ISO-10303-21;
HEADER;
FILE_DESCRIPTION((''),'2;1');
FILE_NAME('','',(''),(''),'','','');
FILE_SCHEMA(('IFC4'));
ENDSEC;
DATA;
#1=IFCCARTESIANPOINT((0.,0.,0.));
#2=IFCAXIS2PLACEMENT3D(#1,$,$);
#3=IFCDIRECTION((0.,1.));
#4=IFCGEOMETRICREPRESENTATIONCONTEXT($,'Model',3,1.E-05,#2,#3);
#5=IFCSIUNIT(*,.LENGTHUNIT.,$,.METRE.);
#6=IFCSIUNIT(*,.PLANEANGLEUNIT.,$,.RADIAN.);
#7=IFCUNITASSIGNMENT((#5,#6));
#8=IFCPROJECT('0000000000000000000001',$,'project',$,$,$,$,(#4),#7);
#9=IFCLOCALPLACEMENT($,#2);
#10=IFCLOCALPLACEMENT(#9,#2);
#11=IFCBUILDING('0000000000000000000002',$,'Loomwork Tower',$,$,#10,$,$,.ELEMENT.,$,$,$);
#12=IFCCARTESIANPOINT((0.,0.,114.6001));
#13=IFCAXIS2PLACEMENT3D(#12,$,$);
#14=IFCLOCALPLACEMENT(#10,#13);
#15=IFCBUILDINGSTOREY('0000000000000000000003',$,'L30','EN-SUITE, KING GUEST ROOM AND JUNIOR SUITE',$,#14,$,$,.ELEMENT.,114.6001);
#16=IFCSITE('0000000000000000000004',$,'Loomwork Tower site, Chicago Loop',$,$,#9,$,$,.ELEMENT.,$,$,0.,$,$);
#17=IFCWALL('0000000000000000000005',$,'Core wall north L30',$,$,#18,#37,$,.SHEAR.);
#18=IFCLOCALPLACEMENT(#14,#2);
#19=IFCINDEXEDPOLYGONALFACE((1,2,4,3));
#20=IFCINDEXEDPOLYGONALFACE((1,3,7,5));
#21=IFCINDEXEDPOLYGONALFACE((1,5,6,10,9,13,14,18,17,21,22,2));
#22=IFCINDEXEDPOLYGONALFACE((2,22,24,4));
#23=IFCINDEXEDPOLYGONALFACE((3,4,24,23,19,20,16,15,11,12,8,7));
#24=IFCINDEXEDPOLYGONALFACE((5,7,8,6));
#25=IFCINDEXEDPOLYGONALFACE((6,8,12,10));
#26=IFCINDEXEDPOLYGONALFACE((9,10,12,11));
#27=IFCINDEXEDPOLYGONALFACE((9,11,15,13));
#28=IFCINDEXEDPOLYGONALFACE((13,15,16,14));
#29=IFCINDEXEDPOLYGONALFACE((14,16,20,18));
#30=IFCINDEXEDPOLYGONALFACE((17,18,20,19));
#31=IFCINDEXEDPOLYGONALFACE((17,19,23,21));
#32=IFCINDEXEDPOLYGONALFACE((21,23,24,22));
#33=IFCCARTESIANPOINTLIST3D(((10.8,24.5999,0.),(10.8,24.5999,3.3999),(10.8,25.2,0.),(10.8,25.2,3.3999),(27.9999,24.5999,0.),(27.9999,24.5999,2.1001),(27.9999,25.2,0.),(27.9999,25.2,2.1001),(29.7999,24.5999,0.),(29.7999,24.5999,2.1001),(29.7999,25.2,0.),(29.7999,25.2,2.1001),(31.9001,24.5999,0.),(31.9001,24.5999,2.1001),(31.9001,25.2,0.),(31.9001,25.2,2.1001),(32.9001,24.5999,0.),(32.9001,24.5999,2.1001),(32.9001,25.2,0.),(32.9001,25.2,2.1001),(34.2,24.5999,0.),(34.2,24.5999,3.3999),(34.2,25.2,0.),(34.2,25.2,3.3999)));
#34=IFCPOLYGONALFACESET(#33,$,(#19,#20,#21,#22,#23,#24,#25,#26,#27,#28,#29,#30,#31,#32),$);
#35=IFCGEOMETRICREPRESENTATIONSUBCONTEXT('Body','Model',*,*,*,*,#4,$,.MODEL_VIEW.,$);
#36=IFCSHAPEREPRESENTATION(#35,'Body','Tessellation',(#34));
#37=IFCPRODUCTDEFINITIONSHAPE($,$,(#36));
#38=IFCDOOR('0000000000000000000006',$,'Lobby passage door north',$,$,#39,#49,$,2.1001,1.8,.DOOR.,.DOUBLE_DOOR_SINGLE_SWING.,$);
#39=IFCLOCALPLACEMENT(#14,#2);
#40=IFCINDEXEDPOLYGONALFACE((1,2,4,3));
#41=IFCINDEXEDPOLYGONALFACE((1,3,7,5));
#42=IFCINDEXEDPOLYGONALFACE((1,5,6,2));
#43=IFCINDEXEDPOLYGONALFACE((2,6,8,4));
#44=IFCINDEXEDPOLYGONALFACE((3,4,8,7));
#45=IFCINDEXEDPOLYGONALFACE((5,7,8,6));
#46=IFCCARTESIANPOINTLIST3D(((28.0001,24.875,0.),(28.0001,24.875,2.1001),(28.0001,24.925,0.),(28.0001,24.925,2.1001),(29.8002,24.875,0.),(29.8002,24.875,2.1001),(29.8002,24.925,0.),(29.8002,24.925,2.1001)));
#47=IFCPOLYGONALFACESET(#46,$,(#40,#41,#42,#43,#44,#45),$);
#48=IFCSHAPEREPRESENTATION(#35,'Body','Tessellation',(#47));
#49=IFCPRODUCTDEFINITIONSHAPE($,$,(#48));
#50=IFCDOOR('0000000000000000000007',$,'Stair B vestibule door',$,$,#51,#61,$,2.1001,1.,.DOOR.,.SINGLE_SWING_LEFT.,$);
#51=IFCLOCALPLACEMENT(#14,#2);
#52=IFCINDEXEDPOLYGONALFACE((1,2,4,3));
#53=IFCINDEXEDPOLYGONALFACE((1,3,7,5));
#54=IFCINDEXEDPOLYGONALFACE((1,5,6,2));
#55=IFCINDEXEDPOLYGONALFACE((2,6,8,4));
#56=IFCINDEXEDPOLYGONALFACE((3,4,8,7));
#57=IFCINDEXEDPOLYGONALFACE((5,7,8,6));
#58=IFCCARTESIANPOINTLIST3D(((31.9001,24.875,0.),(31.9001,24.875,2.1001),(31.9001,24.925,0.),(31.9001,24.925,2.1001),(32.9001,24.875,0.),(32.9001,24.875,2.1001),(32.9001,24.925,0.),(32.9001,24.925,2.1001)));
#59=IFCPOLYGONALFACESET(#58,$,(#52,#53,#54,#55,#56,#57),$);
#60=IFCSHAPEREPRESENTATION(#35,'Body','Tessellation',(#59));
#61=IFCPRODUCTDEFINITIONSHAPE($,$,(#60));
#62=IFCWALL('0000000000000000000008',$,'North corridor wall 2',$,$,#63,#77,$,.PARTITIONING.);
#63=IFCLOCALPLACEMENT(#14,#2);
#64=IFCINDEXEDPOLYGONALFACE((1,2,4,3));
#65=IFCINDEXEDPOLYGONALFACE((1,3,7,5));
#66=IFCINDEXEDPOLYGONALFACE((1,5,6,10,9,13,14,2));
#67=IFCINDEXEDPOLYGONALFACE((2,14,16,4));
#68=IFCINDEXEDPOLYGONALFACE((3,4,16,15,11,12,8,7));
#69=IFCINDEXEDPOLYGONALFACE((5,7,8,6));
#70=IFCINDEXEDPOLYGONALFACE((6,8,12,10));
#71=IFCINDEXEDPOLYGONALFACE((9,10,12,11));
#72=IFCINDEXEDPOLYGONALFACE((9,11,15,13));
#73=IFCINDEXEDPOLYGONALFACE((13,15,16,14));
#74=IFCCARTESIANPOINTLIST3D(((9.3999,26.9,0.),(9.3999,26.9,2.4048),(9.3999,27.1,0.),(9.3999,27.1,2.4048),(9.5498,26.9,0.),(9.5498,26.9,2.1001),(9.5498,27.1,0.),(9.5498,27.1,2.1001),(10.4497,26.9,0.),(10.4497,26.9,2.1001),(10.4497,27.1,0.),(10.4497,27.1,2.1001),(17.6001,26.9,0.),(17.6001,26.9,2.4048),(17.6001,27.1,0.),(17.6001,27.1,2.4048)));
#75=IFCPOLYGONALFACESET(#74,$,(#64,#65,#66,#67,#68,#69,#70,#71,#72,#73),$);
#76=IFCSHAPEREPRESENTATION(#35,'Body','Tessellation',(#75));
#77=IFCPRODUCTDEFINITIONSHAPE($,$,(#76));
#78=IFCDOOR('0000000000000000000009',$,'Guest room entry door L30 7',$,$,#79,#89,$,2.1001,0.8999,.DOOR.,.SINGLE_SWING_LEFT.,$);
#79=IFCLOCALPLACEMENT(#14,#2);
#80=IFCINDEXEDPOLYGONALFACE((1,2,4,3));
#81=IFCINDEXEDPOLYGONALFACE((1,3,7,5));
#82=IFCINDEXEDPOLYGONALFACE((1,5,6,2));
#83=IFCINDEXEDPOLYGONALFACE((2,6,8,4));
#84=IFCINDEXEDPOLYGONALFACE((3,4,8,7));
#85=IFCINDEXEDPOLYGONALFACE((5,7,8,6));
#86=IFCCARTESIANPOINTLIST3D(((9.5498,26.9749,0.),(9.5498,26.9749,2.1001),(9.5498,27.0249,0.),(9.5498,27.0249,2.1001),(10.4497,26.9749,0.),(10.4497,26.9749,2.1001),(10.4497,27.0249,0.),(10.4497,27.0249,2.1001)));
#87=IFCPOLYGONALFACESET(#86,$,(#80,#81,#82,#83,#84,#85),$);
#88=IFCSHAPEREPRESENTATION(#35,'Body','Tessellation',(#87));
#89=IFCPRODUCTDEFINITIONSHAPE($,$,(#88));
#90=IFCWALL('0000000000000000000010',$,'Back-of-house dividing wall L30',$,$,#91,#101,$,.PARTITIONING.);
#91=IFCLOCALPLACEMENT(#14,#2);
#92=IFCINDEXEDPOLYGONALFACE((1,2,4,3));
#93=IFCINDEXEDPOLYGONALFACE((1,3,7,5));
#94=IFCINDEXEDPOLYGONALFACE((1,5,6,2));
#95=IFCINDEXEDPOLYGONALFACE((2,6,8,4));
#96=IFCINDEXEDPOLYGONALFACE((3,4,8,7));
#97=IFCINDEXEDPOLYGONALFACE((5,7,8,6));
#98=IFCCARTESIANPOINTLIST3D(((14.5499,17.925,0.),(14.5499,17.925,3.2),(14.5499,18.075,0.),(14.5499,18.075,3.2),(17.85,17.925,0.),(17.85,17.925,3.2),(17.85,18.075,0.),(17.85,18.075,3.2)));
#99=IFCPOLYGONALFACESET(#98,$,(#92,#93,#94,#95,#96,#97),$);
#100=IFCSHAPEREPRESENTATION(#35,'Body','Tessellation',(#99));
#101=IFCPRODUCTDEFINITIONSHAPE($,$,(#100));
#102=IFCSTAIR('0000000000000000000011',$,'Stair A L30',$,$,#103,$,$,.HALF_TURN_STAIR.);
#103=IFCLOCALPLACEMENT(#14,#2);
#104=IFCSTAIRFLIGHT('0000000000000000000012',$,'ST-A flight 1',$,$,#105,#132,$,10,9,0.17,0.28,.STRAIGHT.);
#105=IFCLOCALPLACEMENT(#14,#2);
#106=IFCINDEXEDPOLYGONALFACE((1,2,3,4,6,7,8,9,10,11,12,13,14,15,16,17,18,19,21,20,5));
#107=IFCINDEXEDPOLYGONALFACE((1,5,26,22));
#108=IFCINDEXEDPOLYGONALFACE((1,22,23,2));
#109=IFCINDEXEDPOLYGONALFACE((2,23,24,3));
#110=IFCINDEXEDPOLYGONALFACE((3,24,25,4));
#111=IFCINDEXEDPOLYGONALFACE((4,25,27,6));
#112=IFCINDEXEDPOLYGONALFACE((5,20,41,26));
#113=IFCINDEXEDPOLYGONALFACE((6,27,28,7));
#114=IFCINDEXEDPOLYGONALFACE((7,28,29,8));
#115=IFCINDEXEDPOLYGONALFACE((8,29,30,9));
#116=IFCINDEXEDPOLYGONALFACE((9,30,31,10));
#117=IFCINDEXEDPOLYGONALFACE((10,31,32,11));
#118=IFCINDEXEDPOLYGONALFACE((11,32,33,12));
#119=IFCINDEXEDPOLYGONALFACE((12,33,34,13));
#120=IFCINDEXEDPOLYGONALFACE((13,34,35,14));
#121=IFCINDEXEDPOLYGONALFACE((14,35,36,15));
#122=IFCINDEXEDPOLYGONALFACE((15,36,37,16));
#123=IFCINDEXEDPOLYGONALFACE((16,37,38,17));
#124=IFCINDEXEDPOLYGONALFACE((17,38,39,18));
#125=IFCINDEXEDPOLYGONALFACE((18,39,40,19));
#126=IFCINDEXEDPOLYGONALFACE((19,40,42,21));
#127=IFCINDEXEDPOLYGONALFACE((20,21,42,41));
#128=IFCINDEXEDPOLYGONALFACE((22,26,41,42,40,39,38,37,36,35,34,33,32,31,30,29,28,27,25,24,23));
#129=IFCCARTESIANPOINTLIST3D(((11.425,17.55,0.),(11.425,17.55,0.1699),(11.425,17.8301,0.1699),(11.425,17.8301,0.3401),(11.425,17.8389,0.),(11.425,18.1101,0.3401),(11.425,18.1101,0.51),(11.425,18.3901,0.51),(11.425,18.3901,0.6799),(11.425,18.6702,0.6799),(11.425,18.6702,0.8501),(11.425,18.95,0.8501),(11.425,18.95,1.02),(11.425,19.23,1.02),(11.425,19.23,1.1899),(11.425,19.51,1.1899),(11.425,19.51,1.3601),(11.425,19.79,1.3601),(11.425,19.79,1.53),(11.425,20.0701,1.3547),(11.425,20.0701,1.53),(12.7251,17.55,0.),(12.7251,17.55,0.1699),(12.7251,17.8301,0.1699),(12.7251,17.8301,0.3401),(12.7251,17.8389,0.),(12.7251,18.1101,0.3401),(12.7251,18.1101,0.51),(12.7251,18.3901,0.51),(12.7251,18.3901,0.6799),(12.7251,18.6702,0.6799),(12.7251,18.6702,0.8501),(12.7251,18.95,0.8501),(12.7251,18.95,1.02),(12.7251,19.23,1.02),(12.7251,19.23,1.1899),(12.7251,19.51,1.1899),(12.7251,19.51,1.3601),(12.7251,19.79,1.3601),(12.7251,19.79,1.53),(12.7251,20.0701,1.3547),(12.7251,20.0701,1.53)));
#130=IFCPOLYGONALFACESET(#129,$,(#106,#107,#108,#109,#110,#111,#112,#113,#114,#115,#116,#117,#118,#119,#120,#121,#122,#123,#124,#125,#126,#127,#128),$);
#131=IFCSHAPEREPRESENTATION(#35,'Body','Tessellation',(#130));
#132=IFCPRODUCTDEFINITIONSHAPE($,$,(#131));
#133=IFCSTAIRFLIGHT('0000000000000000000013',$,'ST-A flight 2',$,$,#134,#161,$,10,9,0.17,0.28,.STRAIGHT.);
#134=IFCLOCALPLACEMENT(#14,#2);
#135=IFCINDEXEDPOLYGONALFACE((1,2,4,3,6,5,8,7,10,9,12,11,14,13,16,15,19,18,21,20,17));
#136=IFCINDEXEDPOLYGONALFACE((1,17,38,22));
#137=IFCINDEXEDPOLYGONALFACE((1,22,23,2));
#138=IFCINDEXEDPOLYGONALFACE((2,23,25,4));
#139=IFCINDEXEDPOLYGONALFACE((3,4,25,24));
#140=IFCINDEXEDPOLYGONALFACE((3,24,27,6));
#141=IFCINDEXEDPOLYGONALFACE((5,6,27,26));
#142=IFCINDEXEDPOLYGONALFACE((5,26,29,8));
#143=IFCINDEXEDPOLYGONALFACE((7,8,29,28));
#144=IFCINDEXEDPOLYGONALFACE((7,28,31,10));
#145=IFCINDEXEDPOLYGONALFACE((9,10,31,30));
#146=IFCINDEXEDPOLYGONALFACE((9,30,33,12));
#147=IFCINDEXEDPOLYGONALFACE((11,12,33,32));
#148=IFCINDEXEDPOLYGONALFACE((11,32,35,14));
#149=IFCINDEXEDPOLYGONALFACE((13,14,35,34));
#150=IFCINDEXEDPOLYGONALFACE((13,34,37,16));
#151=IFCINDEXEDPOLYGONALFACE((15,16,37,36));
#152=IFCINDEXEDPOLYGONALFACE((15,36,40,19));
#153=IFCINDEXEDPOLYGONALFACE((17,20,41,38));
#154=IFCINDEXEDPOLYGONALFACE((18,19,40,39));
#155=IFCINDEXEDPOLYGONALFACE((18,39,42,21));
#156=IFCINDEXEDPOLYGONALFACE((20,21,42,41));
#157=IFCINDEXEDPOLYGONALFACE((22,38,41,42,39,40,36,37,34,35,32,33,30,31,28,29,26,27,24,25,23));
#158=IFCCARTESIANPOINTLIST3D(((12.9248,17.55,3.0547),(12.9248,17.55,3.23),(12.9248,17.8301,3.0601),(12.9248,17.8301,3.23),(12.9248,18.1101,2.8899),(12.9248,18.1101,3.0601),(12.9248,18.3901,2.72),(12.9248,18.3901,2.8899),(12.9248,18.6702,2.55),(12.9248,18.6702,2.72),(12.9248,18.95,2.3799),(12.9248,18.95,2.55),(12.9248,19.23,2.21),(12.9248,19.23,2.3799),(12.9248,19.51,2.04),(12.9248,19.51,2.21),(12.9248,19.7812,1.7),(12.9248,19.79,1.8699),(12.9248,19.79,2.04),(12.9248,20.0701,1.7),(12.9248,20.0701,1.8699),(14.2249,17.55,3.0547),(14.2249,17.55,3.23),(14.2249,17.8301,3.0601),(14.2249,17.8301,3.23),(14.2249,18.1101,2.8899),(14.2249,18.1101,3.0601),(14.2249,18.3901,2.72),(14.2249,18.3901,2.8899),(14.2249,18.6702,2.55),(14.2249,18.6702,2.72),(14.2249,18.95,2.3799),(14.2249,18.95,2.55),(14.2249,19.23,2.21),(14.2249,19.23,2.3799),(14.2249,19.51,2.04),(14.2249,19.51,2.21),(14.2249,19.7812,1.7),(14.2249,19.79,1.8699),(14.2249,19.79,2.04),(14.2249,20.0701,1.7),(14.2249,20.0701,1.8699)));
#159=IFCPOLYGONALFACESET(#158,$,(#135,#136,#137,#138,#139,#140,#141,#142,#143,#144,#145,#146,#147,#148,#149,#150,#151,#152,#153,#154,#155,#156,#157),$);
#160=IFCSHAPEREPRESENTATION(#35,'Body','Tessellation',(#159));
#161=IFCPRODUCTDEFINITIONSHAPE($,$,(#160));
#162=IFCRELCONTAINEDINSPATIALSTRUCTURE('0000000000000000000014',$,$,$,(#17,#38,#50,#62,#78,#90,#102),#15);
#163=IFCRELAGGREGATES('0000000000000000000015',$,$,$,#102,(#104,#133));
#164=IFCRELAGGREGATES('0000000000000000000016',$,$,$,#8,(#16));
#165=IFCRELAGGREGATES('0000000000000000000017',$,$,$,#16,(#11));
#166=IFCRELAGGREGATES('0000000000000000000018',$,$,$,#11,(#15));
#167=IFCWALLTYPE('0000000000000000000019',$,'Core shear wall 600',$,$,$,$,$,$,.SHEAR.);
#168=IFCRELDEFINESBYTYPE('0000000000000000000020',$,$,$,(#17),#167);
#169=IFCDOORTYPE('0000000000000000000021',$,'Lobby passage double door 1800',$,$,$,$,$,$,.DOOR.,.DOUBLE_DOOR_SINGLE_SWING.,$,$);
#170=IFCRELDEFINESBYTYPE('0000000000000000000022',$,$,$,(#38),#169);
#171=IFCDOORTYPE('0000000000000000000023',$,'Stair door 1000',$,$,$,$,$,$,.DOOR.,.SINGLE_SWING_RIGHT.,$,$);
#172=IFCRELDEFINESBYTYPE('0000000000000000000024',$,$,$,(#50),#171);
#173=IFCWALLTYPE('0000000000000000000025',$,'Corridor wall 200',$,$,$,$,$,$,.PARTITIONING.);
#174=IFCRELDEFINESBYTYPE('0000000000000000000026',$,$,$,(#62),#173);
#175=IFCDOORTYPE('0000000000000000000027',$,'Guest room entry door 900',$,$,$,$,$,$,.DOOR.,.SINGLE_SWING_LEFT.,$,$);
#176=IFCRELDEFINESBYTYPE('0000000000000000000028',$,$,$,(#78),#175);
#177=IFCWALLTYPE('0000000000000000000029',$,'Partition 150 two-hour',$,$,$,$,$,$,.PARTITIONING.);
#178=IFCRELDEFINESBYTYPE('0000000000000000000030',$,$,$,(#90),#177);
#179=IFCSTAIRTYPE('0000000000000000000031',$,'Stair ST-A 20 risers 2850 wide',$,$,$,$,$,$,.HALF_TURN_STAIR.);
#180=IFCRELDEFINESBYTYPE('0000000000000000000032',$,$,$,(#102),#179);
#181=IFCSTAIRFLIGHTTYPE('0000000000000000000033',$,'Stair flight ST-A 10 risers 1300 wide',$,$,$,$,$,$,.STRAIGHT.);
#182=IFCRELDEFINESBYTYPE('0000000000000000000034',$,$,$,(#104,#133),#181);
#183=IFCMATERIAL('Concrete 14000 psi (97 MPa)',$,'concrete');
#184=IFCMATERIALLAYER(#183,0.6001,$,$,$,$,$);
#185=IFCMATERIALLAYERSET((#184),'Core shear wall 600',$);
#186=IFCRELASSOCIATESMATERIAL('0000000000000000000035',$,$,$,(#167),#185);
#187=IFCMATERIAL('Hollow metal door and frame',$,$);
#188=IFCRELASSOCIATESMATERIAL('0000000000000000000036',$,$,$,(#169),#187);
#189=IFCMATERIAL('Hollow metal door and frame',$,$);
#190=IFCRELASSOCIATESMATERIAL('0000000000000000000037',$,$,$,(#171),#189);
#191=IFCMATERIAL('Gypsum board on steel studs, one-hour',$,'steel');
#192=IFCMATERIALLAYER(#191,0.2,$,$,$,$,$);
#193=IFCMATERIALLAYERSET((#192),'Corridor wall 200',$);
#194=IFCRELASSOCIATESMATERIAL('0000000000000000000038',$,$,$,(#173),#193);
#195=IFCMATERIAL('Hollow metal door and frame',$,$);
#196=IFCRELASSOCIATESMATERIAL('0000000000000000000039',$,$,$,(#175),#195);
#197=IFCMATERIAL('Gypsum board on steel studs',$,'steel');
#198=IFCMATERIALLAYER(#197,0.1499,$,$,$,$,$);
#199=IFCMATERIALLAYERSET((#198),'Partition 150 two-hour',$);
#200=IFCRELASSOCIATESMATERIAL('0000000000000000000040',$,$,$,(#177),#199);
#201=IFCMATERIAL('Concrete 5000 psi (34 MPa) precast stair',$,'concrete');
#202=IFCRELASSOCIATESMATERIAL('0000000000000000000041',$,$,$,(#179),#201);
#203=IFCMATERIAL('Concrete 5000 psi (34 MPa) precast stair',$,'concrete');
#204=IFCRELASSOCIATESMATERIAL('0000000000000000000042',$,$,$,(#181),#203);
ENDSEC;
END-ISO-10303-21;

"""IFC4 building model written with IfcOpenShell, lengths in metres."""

from ifc_helpers import new_model, si_unit, direction, frame, frame_2d, origin, place, context, subcontext, project, spatial, polyline, rectangle, outline, extrude, material, layer, layer_set, type_object, element, fill, aggregate, save


model = new_model("IFC4")

# Units and contexts
model_context = context("Model", 3, precision=1e-05, world=origin(), true_north=direction((0.0, 1.0)))
body_context = subcontext(model_context, "Body", "Model", "MODEL_VIEW")
ifc_project = project(units=[si_unit("LENGTHUNIT", "METRE"), si_unit("PLANEANGLEUNIT", "RADIAN")], contexts=[model_context])

# Site, building, storey
site_placement = place(None, origin())
site = spatial("IfcSite", under=ifc_project, at=site_placement, Name="Loomwork Tower site, Chicago Loop", CompositionType="ELEMENT", RefElevation=0.0)
building_placement = place(site_placement, origin())
building = spatial("IfcBuilding", under=site, at=building_placement, Name="Loomwork Tower", CompositionType="ELEMENT")
storey_placement = place(building_placement, frame((0.0, 0.0, 114.6001)))
storey = spatial("IfcBuildingStorey", under=building, at=storey_placement, Name="L30", Description="EN-SUITE, KING GUEST ROOM AND JUNIOR SUITE", CompositionType="ELEMENT", Elevation=114.6001)

# Wall, openings, doors
ifc_material_1 = material(Name="Concrete 14000 psi (97 MPa)", Category="concrete")
ifc_layer_1 = layer(ifc_material_1, 0.6001)
ifc_layer_set_1 = layer_set([ifc_layer_1], Name="Core shear wall 600")
wall_type_1 = type_object("IfcWallType", Name="Core shear wall 600", PredefinedType="SHEAR", material=ifc_layer_set_1)
wall_1_placement = place(storey_placement, frame((10.8, 24.8999, 0.0), z_axis=(0.0, 0.0, 1.0), x_axis=(1.0, 0.0, 0.0)))
wall_1 = element("IfcWall", 1, at=wall_1_placement, inside=storey, type_object=wall_type_1, Name="Core wall north L30", PredefinedType="SHEAR", context=body_context, shape_type="SweptSolid", body=[
    extrude(rectangle(XDim=23.3999, YDim=0.6001, at=frame_2d((11.7, 0.0))), origin(), (0.0, 0.0, 1.0), 3.3999),
])
opening_1_placement = place(wall_1_placement, frame((17.2, 0.0, 0.0)))
opening_1 = element("IfcOpeningElement", 2, at=opening_1_placement, cuts=wall_1, PredefinedType="OPENING", context=body_context, shape_type="SweptSolid", body=[
    extrude(rectangle(XDim=1.8, YDim=2.1001, at=frame_2d((0.8999, 1.05))), frame((0.0, 0.3101, 0.0), z_axis=(0.0, -1.0, 0.0), x_axis=(1.0, 0.0, 0.0)), (0.0, 0.0, 1.0), 0.6201),
])
opening_2_placement = place(wall_1_placement, frame((21.1001, 0.0, 0.0)))
opening_2 = element("IfcOpeningElement", 3, at=opening_2_placement, cuts=wall_1, PredefinedType="OPENING", context=body_context, shape_type="SweptSolid", body=[
    extrude(rectangle(XDim=1.0, YDim=2.1001, at=frame_2d((0.5, 1.05))), frame((0.0, 0.3101, 0.0), z_axis=(0.0, -1.0, 0.0), x_axis=(1.0, 0.0, 0.0)), (0.0, 0.0, 1.0), 0.6201),
])
ifc_material_2 = material(Name="Hollow metal door and frame")
door_type_1 = type_object("IfcDoorType", Name="Lobby passage double door 1800", OperationType="DOUBLE_DOOR_SINGLE_SWING", PredefinedType="DOOR", material=ifc_material_2)
door_1_placement = place(opening_1_placement, frame((1.8, 0.0, 0.0), z_axis=(0.0, 0.0, 1.0), x_axis=(-1.0, 0.0, 0.0)))
door_1 = element("IfcDoor", 4, at=door_1_placement, inside=storey, type_object=door_type_1, Name="Lobby passage door north", OperationType="DOUBLE_DOOR_SINGLE_SWING", OverallHeight=2.1001, OverallWidth=1.8, PredefinedType="DOOR", context=body_context, shape_type="SweptSolid", body=[
    extrude(rectangle(XDim=1.8, YDim=2.1001, at=frame_2d((0.8999, 1.05))), frame((0.0, 0.0249, 0.0), z_axis=(0.0, -1.0, 0.0), x_axis=(1.0, 0.0, 0.0)), (0.0, 0.0, 1.0), 0.05),
])
fill(opening_1, door_1)
ifc_material_3 = material(Name="Hollow metal door and frame")
door_type_2 = type_object("IfcDoorType", Name="Stair door 1000", OperationType="SINGLE_SWING_RIGHT", PredefinedType="DOOR", material=ifc_material_3)
door_2_placement = place(opening_2_placement, frame((1.0, 0.0, 0.0), z_axis=(0.0, 0.0, 1.0), x_axis=(-1.0, 0.0, 0.0)))
door_2 = element("IfcDoor", 5, at=door_2_placement, inside=storey, type_object=door_type_2, Name="Stair B vestibule door", OperationType="SINGLE_SWING_LEFT", OverallHeight=2.1001, OverallWidth=1.0, PredefinedType="DOOR", context=body_context, shape_type="SweptSolid", body=[
    extrude(rectangle(XDim=1.0, YDim=2.1001, at=frame_2d((0.5, 1.05))), frame((0.0, 0.0249, 0.0), z_axis=(0.0, -1.0, 0.0), x_axis=(1.0, 0.0, 0.0)), (0.0, 0.0, 1.0), 0.05),
])
fill(opening_2, door_2)

# Wall, opening, door
ifc_material_4 = material(Name="Gypsum board on steel studs, one-hour", Category="steel")
ifc_layer_2 = layer(ifc_material_4, 0.2)
ifc_layer_set_2 = layer_set([ifc_layer_2], Name="Corridor wall 200")
wall_type_2 = type_object("IfcWallType", Name="Corridor wall 200", PredefinedType="PARTITIONING", material=ifc_layer_set_2)
wall_2_placement = place(storey_placement, frame((9.3999, 27.0, 0.0), z_axis=(0.0, 0.0, 1.0), x_axis=(1.0, 0.0, 0.0)))
wall_2 = element("IfcWall", 6, at=wall_2_placement, inside=storey, type_object=wall_type_2, Name="North corridor wall 2", PredefinedType="PARTITIONING", context=body_context, shape_type="SweptSolid", body=[
    extrude(rectangle(XDim=8.2002, YDim=0.2, at=frame_2d((4.1001, 0.0))), origin(), (0.0, 0.0, 1.0), 2.4048),
])
opening_3_placement = place(wall_2_placement, frame((0.1499, 0.0, 0.0)))
opening_3 = element("IfcOpeningElement", 7, at=opening_3_placement, cuts=wall_2, PredefinedType="OPENING", context=body_context, shape_type="SweptSolid", body=[
    extrude(rectangle(XDim=0.8999, YDim=2.1001, at=frame_2d((0.45, 1.05))), frame((0.0, 0.1099, 0.0), z_axis=(0.0, -1.0, 0.0), x_axis=(1.0, 0.0, 0.0)), (0.0, 0.0, 1.0), 0.22),
])
ifc_material_5 = material(Name="Hollow metal door and frame")
door_type_3 = type_object("IfcDoorType", Name="Guest room entry door 900", OperationType="SINGLE_SWING_LEFT", PredefinedType="DOOR", material=ifc_material_5)
door_3_placement = place(opening_3_placement, origin())
door_3 = element("IfcDoor", 8, at=door_3_placement, inside=storey, type_object=door_type_3, Name="Guest room entry door L30 7", OperationType="SINGLE_SWING_LEFT", OverallHeight=2.1001, OverallWidth=0.8999, PredefinedType="DOOR", context=body_context, shape_type="SweptSolid", body=[
    extrude(rectangle(XDim=0.8999, YDim=2.1001, at=frame_2d((0.45, 1.05))), frame((0.0, 0.0249, 0.0), z_axis=(0.0, -1.0, 0.0), x_axis=(1.0, 0.0, 0.0)), (0.0, 0.0, 1.0), 0.05),
])
fill(opening_3, door_3)

# Wall
ifc_material_6 = material(Name="Gypsum board on steel studs", Category="steel")
ifc_layer_3 = layer(ifc_material_6, 0.1499)
ifc_layer_set_3 = layer_set([ifc_layer_3], Name="Partition 150 two-hour")
wall_type_3 = type_object("IfcWallType", Name="Partition 150 two-hour", PredefinedType="PARTITIONING", material=ifc_layer_set_3)
wall_3_placement = place(storey_placement, frame((14.55, 18.0, 0.0), z_axis=(0.0, 0.0, 1.0), x_axis=(1.0, 0.0, 0.0)))
element("IfcWall", 9, at=wall_3_placement, inside=storey, type_object=wall_type_3, Name="Back-of-house dividing wall L30", PredefinedType="PARTITIONING", context=body_context, shape_type="SweptSolid", body=[
    extrude(rectangle(XDim=3.3, YDim=0.1499, at=frame_2d((1.6499, 0.0))), origin(), (0.0, 0.0, 1.0), 3.2),
])

# Stair, stair flights
ifc_material_7 = material(Name="Concrete 5000 psi (34 MPa) precast stair", Category="concrete")
stair_type = type_object("IfcStairType", Name="Stair ST-A 20 risers 2850 wide", PredefinedType="HALF_TURN_STAIR", material=ifc_material_7)
stair_placement = place(storey_placement, origin())
stair = element("IfcStair", 10, at=stair_placement, inside=storey, type_object=stair_type, Name="Stair A L30", PredefinedType="HALF_TURN_STAIR")
ifc_material_8 = material(Name="Concrete 5000 psi (34 MPa) precast stair", Category="concrete")
stair_flight_type = type_object("IfcStairFlightType", Name="Stair flight ST-A 10 risers 1300 wide", PredefinedType="STRAIGHT", material=ifc_material_8)
stair_flight_1_placement = place(storey_placement, frame((12.075, 17.55, 0.0), z_axis=(0.0, 0.0, 1.0), x_axis=(0.0, 1.0, 0.0)))
stair_flight_1 = element("IfcStairFlight", 11, at=stair_flight_1_placement, type_object=stair_flight_type, Name="ST-A flight 1", NumberOfRisers=10, NumberOfTreads=9, PredefinedType="STRAIGHT", RiserHeight=0.17, TreadLength=0.28, context=body_context, shape_type="SweptSolid", body=[
    extrude(outline(polyline([(0.0, 0.0), (0.0, 0.1699), (0.28, 0.1699), (0.28, 0.3401), (0.5601, 0.3401), (0.5601, 0.51), (0.8401, 0.51), (0.8401, 0.6799), (1.1201, 0.6799), (1.1201, 0.8501), (1.3999, 0.8501), (1.3999, 1.02), (1.6799, 1.02), (1.6799, 1.1899), (1.96, 1.1899), (1.96, 1.3601), (2.24, 1.3601), (2.24, 1.53), (2.52, 1.53), (2.52, 1.7), (2.52, 1.3547), (0.2888, 0.0), (0.0, 0.0)])), frame((0.0, 0.6499, 0.0), z_axis=(0.0, -1.0, 0.0), x_axis=(1.0, 0.0, 0.0)), (0.0, 0.0, 1.0), 1.3),
])
stair_flight_2_placement = place(storey_placement, frame((13.575, 20.0701, 1.7), z_axis=(0.0, 0.0, 1.0), x_axis=(0.0, -1.0, 0.0)))
stair_flight_2 = element("IfcStairFlight", 12, at=stair_flight_2_placement, type_object=stair_flight_type, Name="ST-A flight 2", NumberOfRisers=10, NumberOfTreads=9, PredefinedType="STRAIGHT", RiserHeight=0.17, TreadLength=0.28, context=body_context, shape_type="SweptSolid", body=[
    extrude(outline(polyline([(0.0, 0.0), (0.0, 0.1699), (0.28, 0.1699), (0.28, 0.3401), (0.5601, 0.3401), (0.5601, 0.51), (0.8401, 0.51), (0.8401, 0.6799), (1.1201, 0.6799), (1.1201, 0.8501), (1.3999, 0.8501), (1.3999, 1.02), (1.6799, 1.02), (1.6799, 1.1899), (1.96, 1.1899), (1.96, 1.3601), (2.24, 1.3601), (2.24, 1.53), (2.52, 1.53), (2.52, 1.7), (2.52, 1.3547), (0.2888, 0.0), (0.0, 0.0)])), frame((0.0, 0.6499, 0.0), z_axis=(0.0, -1.0, 0.0), x_axis=(1.0, 0.0, 0.0)), (0.0, 0.0, 1.0), 1.3),
])
aggregate(stair, [stair_flight_1, stair_flight_2])

save(model, "model.ifc")
